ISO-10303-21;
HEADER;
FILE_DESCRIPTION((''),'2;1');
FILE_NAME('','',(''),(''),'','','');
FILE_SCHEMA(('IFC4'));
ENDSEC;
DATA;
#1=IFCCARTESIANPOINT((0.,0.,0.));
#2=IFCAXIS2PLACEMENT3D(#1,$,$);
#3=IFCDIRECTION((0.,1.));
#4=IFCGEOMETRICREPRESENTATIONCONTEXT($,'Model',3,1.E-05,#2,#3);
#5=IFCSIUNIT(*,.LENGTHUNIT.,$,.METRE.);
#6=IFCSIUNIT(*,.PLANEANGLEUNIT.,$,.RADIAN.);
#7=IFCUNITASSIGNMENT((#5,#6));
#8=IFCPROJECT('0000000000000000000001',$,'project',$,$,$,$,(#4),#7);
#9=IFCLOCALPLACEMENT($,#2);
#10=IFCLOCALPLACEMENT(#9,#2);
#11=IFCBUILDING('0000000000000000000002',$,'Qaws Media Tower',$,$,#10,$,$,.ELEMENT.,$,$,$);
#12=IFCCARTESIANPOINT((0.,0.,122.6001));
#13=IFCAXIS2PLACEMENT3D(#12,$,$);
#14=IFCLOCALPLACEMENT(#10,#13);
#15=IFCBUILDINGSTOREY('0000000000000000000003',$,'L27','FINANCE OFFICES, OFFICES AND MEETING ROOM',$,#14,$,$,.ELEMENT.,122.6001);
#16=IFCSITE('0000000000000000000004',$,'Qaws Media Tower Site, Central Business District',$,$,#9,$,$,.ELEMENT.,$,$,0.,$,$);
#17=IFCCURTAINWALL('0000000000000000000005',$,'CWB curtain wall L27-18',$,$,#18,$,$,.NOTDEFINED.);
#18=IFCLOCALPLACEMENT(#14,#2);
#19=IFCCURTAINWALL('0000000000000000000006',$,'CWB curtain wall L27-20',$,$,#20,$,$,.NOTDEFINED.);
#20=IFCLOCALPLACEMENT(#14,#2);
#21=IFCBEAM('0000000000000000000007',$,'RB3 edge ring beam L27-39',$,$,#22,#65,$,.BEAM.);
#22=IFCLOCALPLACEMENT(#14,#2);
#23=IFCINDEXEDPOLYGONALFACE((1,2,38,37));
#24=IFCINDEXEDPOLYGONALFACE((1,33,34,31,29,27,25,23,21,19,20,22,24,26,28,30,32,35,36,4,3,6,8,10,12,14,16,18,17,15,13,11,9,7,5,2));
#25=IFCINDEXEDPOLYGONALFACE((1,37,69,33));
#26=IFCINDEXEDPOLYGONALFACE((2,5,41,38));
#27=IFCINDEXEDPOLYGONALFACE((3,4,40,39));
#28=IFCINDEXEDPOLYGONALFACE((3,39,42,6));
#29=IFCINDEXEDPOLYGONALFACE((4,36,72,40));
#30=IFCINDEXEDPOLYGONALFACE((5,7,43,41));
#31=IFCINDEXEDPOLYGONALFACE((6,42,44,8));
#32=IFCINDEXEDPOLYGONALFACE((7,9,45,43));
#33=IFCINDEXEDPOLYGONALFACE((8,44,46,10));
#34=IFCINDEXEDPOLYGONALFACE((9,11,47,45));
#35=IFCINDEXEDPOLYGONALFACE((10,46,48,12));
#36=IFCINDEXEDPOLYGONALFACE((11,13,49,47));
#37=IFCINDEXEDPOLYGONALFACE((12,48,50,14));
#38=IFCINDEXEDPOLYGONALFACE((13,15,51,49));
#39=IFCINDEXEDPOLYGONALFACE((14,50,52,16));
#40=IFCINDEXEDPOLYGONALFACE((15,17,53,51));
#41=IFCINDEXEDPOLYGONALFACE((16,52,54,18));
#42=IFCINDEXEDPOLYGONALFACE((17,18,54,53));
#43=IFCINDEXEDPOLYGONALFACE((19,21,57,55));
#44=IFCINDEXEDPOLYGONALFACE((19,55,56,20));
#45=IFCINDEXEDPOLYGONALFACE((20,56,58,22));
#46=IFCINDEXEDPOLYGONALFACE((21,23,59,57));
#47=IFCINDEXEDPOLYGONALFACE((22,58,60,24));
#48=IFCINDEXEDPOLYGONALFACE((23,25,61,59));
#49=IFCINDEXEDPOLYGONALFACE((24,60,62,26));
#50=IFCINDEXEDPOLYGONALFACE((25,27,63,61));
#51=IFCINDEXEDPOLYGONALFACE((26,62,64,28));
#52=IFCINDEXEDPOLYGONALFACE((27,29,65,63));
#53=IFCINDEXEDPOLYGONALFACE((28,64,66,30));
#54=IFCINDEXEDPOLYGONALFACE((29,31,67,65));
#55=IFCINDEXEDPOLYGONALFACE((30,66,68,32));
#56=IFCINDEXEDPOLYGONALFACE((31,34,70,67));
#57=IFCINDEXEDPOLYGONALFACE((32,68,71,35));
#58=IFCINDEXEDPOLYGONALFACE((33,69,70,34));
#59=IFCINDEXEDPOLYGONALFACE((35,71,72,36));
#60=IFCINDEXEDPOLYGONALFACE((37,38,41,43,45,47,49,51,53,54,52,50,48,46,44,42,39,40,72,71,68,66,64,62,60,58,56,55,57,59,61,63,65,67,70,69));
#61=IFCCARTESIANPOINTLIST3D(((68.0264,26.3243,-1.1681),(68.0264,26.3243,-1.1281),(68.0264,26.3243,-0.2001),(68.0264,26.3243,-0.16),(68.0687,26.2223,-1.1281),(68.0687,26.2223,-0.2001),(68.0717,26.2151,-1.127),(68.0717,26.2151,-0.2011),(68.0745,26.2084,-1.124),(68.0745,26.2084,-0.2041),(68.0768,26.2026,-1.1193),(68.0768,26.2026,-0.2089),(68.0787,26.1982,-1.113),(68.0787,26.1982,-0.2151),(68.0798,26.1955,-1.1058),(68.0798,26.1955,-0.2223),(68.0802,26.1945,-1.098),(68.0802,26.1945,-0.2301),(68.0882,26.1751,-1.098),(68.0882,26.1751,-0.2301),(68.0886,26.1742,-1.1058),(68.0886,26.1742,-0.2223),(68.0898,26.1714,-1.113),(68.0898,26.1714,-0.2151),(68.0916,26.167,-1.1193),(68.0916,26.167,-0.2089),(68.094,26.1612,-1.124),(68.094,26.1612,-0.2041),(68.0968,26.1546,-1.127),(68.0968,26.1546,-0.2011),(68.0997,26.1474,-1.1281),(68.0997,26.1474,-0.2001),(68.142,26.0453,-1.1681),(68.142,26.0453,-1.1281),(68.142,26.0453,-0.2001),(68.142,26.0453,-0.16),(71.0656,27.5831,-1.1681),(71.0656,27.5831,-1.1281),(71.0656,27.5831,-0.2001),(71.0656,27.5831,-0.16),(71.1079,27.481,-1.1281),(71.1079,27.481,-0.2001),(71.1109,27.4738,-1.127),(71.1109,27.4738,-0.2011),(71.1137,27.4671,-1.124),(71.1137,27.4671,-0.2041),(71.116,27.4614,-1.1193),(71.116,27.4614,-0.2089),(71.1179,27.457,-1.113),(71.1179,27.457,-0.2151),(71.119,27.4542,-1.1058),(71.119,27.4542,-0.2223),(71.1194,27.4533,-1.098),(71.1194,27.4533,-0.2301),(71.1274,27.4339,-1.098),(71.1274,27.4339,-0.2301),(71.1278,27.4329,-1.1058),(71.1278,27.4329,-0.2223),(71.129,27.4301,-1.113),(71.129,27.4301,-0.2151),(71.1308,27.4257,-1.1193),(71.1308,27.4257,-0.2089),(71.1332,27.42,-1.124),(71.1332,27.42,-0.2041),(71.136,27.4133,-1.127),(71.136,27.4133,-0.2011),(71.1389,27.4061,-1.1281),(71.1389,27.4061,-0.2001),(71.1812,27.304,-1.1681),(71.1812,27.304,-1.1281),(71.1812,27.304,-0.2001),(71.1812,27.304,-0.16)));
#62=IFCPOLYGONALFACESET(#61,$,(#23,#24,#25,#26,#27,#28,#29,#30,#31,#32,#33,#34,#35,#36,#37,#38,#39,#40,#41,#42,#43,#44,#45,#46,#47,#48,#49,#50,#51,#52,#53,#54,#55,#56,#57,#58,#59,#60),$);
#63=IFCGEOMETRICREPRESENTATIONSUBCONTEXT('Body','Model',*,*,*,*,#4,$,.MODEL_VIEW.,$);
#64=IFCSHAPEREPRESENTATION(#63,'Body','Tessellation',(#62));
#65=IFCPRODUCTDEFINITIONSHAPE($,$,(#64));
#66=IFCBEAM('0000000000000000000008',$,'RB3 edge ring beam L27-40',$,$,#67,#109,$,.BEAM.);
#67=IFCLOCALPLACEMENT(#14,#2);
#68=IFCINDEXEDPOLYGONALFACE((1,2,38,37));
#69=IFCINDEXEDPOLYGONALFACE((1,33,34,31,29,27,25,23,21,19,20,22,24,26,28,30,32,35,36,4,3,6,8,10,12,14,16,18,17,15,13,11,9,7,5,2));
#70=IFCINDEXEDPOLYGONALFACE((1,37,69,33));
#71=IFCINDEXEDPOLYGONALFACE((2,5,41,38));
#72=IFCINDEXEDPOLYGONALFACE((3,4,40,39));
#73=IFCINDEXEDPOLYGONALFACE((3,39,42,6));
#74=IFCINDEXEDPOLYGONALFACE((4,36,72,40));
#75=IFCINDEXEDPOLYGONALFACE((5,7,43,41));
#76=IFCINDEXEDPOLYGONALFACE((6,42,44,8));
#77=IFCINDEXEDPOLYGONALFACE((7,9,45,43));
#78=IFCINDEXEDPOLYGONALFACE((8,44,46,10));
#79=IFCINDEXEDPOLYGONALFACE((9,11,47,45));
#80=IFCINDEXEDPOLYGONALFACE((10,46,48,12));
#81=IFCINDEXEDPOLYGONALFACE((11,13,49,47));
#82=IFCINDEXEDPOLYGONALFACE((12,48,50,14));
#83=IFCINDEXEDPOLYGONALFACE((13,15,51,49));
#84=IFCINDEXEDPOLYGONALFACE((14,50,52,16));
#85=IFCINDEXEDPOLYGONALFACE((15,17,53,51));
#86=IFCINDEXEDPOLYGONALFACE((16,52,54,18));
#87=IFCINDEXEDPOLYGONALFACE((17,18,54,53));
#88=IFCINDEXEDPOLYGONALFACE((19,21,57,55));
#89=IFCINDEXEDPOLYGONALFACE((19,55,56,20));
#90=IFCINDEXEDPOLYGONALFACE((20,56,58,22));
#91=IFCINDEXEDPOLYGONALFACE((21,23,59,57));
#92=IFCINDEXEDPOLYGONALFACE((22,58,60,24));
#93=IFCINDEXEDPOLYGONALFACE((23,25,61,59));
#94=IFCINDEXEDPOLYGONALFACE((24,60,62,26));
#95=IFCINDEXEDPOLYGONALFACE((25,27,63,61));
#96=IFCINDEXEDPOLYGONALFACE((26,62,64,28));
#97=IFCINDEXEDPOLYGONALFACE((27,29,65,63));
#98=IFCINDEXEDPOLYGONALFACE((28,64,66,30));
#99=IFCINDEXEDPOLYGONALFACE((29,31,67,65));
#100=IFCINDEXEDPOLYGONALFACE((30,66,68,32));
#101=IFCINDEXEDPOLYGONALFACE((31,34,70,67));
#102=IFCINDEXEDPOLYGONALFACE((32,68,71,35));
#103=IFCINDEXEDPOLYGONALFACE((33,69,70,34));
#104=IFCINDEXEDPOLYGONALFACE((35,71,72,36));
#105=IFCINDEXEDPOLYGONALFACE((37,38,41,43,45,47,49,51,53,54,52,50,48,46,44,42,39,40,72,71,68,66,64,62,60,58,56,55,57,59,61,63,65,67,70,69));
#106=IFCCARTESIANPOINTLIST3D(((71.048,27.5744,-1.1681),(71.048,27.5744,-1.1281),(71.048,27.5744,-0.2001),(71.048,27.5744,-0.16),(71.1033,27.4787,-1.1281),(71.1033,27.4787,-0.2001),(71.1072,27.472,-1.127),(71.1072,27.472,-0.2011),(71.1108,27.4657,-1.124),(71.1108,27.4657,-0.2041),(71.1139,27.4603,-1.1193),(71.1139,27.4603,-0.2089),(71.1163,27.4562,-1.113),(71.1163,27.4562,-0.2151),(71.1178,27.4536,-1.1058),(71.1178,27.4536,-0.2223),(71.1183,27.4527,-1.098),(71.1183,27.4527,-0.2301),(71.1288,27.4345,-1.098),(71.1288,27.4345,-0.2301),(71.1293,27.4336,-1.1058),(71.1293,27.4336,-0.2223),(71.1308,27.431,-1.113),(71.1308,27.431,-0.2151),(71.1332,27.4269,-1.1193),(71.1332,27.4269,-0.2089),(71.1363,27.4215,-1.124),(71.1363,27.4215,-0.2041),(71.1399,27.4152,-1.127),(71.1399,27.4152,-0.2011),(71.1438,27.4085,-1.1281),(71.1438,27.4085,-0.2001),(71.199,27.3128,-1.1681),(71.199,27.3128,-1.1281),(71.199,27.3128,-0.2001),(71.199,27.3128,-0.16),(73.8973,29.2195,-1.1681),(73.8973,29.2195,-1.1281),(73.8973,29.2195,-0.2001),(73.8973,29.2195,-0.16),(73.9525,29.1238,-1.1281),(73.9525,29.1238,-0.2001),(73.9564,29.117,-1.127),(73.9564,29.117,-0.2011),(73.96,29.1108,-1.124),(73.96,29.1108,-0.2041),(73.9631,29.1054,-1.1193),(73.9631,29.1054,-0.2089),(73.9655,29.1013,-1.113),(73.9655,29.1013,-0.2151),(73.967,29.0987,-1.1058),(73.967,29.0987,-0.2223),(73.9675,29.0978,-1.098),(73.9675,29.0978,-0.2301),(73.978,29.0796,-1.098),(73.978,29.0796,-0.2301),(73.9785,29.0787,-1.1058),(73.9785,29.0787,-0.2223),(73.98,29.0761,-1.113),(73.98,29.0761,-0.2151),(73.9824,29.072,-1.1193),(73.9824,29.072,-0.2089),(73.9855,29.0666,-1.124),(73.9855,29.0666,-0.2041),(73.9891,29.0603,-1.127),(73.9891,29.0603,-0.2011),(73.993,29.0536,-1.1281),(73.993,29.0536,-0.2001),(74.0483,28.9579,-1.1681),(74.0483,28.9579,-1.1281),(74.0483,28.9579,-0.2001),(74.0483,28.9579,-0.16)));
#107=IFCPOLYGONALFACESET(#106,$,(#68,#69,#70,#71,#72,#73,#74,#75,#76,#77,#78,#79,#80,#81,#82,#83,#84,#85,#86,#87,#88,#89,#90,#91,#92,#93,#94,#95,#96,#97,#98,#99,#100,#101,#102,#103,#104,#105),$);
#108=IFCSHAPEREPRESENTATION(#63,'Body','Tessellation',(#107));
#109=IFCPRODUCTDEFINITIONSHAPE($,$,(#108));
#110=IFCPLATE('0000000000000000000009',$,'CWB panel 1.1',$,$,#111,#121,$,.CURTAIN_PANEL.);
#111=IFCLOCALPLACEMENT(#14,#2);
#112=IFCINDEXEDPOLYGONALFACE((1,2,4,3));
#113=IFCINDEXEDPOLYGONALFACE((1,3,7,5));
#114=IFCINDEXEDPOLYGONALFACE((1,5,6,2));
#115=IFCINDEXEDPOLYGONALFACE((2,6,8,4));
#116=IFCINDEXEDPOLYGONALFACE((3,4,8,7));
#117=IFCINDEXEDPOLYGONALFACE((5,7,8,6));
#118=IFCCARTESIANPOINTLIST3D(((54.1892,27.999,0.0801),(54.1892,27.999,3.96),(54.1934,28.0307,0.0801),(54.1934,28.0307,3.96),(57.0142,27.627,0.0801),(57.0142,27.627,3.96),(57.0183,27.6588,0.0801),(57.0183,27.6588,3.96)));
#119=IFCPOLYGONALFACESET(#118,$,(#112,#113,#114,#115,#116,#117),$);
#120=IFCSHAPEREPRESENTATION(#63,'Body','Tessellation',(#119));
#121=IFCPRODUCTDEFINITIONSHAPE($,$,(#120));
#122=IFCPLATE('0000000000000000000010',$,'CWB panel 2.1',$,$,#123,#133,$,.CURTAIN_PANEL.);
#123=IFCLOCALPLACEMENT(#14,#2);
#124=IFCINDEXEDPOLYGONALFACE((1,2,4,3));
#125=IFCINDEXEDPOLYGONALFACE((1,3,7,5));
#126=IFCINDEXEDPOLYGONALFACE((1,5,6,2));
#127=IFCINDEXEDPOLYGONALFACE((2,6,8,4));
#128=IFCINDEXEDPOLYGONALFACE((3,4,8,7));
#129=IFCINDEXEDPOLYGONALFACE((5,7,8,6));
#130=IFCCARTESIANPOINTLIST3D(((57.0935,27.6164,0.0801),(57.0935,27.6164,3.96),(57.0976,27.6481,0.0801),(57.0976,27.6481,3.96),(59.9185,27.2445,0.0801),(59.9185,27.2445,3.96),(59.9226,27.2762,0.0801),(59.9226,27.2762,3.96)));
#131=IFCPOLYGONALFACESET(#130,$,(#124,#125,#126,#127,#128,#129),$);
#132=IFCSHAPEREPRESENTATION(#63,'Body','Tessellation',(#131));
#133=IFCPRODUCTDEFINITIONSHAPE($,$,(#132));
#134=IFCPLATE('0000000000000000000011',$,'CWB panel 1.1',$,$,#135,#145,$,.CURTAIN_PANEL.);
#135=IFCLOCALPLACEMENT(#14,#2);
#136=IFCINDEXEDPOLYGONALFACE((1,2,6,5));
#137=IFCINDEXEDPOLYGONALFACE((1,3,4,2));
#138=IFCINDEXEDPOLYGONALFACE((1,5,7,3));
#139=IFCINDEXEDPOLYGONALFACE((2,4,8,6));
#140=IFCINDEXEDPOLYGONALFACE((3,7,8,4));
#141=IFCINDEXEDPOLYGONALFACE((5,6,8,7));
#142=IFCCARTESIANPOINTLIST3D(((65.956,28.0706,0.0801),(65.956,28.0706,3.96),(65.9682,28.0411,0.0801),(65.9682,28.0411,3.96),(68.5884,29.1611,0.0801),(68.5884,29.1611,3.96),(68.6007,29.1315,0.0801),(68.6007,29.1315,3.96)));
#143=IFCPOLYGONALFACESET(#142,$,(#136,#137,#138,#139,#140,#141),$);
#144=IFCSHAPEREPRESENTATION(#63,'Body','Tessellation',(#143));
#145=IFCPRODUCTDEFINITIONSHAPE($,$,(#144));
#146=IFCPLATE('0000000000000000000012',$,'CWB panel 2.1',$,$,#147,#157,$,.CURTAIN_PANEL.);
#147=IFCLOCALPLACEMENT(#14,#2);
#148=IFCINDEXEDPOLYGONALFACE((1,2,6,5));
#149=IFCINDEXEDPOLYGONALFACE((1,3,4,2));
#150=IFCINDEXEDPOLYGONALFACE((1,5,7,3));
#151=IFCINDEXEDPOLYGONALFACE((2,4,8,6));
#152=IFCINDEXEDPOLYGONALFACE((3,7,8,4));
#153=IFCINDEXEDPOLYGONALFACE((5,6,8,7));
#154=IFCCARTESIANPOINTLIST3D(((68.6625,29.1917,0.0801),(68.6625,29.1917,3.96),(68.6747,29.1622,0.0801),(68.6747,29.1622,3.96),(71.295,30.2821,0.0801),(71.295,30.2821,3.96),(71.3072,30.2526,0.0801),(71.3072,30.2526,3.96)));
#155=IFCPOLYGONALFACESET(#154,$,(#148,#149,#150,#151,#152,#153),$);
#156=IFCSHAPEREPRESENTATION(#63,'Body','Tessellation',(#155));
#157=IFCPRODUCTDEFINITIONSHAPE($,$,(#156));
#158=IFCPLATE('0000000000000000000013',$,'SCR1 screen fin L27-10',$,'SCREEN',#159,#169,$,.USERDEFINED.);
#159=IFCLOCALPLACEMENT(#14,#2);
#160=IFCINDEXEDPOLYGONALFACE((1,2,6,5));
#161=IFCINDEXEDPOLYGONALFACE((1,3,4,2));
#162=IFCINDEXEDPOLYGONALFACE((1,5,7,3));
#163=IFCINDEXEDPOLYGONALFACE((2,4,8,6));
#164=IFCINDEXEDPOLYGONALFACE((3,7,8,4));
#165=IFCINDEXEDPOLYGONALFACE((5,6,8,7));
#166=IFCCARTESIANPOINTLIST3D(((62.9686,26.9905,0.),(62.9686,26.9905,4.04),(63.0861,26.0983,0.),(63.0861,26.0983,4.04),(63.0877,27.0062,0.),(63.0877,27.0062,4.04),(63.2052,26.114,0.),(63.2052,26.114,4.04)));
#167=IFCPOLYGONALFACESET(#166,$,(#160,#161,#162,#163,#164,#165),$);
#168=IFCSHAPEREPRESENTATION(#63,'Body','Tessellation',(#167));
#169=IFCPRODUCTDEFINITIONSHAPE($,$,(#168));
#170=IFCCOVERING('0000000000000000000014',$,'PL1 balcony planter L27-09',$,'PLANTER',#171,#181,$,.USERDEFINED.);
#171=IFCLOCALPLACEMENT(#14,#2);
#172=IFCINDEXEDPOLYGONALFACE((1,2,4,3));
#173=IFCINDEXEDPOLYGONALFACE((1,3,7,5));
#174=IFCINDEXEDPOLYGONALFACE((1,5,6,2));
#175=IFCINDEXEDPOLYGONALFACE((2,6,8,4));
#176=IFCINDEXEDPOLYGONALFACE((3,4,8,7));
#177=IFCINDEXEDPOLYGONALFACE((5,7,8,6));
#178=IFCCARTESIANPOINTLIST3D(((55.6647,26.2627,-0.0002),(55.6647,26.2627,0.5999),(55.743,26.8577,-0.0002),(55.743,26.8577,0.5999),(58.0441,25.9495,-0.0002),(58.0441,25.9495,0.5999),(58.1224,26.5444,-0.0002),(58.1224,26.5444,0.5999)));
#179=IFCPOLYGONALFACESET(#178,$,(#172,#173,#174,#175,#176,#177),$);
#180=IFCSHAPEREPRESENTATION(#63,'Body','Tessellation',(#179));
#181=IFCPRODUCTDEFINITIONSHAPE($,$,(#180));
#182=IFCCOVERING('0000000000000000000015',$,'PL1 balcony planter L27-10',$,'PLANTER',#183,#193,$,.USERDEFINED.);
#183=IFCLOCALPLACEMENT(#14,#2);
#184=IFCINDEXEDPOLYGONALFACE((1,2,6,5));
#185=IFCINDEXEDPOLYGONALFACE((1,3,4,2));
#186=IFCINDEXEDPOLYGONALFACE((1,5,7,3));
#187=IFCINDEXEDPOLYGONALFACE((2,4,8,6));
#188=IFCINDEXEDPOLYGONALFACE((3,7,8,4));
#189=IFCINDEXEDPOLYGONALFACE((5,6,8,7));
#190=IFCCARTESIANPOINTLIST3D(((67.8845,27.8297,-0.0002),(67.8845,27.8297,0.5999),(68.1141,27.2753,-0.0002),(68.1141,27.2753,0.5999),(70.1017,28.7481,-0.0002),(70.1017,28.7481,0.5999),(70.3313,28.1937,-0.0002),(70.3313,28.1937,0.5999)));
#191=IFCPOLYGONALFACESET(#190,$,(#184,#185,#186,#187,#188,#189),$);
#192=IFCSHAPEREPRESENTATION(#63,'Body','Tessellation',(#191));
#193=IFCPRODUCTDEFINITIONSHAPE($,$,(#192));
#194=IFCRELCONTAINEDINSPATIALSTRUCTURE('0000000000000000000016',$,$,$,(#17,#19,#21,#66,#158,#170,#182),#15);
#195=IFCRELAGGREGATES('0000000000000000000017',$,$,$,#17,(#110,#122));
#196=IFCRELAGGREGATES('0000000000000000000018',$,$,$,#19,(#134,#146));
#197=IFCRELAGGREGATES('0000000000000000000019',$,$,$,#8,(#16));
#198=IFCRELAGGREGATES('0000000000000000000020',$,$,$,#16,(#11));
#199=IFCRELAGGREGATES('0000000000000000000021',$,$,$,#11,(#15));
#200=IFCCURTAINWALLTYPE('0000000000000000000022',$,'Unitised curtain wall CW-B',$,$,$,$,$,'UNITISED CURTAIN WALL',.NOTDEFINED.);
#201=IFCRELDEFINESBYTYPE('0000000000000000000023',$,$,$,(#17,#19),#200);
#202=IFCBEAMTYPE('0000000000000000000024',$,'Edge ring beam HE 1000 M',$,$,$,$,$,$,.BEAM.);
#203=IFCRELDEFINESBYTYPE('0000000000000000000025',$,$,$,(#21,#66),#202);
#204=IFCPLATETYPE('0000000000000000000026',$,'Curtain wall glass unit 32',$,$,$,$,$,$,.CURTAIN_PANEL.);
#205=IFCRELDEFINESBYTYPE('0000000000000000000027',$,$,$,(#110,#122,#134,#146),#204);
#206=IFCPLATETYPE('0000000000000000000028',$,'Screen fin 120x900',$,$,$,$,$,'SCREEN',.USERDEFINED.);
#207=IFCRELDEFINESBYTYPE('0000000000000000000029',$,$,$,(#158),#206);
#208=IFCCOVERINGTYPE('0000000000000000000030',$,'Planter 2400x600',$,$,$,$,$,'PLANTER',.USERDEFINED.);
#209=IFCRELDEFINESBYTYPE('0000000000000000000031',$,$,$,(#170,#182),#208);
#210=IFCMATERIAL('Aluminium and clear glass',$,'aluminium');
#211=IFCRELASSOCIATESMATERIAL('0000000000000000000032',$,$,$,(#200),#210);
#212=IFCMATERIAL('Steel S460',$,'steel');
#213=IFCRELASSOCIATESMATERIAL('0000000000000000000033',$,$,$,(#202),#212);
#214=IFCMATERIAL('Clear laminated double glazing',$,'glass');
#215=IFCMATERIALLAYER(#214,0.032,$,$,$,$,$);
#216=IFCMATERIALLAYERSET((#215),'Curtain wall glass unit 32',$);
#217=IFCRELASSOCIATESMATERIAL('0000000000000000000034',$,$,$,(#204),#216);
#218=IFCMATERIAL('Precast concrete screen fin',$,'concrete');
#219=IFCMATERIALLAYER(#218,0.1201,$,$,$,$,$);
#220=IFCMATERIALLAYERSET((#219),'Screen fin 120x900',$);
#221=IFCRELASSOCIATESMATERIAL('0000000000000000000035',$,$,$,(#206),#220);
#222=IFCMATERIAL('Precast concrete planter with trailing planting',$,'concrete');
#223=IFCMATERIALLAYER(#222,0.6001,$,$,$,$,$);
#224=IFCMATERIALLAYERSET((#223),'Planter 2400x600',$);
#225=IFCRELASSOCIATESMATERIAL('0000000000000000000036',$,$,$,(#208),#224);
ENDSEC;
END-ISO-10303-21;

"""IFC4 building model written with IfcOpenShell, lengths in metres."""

from ifc_helpers import new_model, si_unit, direction, frame, origin, origin_2d, place, context, subcontext, project, spatial, rectangle, i_section, extrude, material, layer, layer_set, material_profile, profile_set, type_object, element, aggregate, save


model = new_model("IFC4")

# Units and contexts
model_context = context("Model", 3, precision=1e-05, world=origin(), true_north=direction((0.0, 1.0)))
body_context = subcontext(model_context, "Body", "Model", "MODEL_VIEW")
ifc_project = project(units=[si_unit("LENGTHUNIT", "METRE"), si_unit("PLANEANGLEUNIT", "RADIAN")], contexts=[model_context])

# Site, building, storey
site_placement = place(None, origin())
site = spatial("IfcSite", under=ifc_project, at=site_placement, Name="Qaws Media Tower Site, Central Business District", CompositionType="ELEMENT", RefElevation=0.0)
building_placement = place(site_placement, origin())
building = spatial("IfcBuilding", under=site, at=building_placement, Name="Qaws Media Tower", CompositionType="ELEMENT")
storey_placement = place(building_placement, frame((0.0, 0.0, 122.6001)))
storey = spatial("IfcBuildingStorey", under=building, at=storey_placement, Name="L27", Description="FINANCE OFFICES, OFFICES AND MEETING ROOM", CompositionType="ELEMENT", Elevation=122.6001)

# Curtain walls
ifc_material_1 = material(Name="Aluminium and clear glass", Category="aluminium")
curtain_wall_type = type_object("IfcCurtainWallType", Name="Unitised curtain wall CW-B", ElementType="UNITISED CURTAIN WALL", PredefinedType="NOTDEFINED", material=ifc_material_1)
curtain_wall_1_placement = place(storey_placement, origin())
curtain_wall_1 = element("IfcCurtainWall", 1, at=curtain_wall_1_placement, inside=storey, type_object=curtain_wall_type, Name="CWB curtain wall L27-18", PredefinedType="NOTDEFINED")
curtain_wall_2_placement = place(storey_placement, origin())
curtain_wall_2 = element("IfcCurtainWall", 2, at=curtain_wall_2_placement, inside=storey, type_object=curtain_wall_type, Name="CWB curtain wall L27-20", PredefinedType="NOTDEFINED")

# Beams
ifc_material_2 = material(Name="Steel S460", Category="steel")
ifc_material_profile_1 = material_profile(ifc_material_2, i_section(OverallWidth=0.302, OverallDepth=1.0081, WebThickness=0.021, FlangeThickness=0.04, FilletRadius=0.03, at=origin_2d()), Name="HE 1000 M")
ifc_profile_set_1 = profile_set([ifc_material_profile_1], Name="Steel S460")
beam_type = type_object("IfcBeamType", Name="Edge ring beam HE 1000 M", PredefinedType="BEAM", material=ifc_profile_set_1)
beam_1_placement = place(storey_placement, frame((68.0842, 26.1848, -0.6641), z_axis=(0.923894, 0.382649, 0.0), x_axis=(-0.382649, 0.923894, 0.0)))
element("IfcBeam", 3, at=beam_1_placement, inside=storey, type_object=beam_type, Name="RB3 edge ring beam L27-39", PredefinedType="BEAM", context=body_context, shape_type="SweptSolid", body=[
    extrude(i_section(OverallWidth=0.302, OverallDepth=1.0081, WebThickness=0.021, FlangeThickness=0.04, FilletRadius=0.03, at=origin_2d()), origin(), (0.0, 0.0, 1.0), 3.2896),
])
beam_2_placement = place(storey_placement, frame((71.1235, 27.4436, -0.6641), z_axis=(0.866015, 0.500018, 0.0), x_axis=(-0.500018, 0.866015, 0.0)))
element("IfcBeam", 4, at=beam_2_placement, inside=storey, type_object=beam_type, Name="RB3 edge ring beam L27-40", PredefinedType="BEAM", context=body_context, shape_type="SweptSolid", body=[
    extrude(i_section(OverallWidth=0.302, OverallDepth=1.0081, WebThickness=0.021, FlangeThickness=0.04, FilletRadius=0.03, at=origin_2d()), origin(), (0.0, 0.0, 1.0), 3.29),
])

# Plates
ifc_material_3 = material(Name="Clear laminated double glazing", Category="glass")
ifc_layer_1 = layer(ifc_material_3, 0.032)
ifc_layer_set_1 = layer_set([ifc_layer_1], Name="Curtain wall glass unit 32")
plate_type_1 = type_object("IfcPlateType", Name="Curtain wall glass unit 32", PredefinedType="CURTAIN_PANEL", material=ifc_layer_set_1)
plate_1_placement = place(storey_placement, frame((55.6038, 27.8289, 0.0801), z_axis=(0.0, 0.0, 1.0), x_axis=(0.991445, -0.130526, 0.0)))
plate_1 = element("IfcPlate", 5, at=plate_1_placement, type_object=plate_type_1, Name="CWB panel 1.1", PredefinedType="CURTAIN_PANEL", context=body_context, shape_type="SweptSolid", body=[
    extrude(rectangle(XDim=2.8494, YDim=0.032, at=origin_2d()), origin(), (0.0, 0.0, 1.0), 3.8799),
])
plate_2_placement = place(storey_placement, frame((58.5081, 27.4463, 0.0801), z_axis=(0.0, 0.0, 1.0), x_axis=(0.991445, -0.130526, 0.0)))
plate_2 = element("IfcPlate", 6, at=plate_2_placement, type_object=plate_type_1, Name="CWB panel 2.1", PredefinedType="CURTAIN_PANEL", context=body_context, shape_type="SweptSolid", body=[
    extrude(rectangle(XDim=2.8494, YDim=0.032, at=origin_2d()), origin(), (0.0, 0.0, 1.0), 3.8799),
])
aggregate(curtain_wall_1, [plate_1, plate_2])
plate_3_placement = place(storey_placement, frame((67.2783, 28.6011, 0.0801), z_axis=(0.0, 0.0, 1.0), x_axis=(0.92388, 0.382683, 0.0)))
plate_3 = element("IfcPlate", 7, at=plate_3_placement, type_object=plate_type_1, Name="CWB panel 1.1", PredefinedType="CURTAIN_PANEL", context=body_context, shape_type="SweptSolid", body=[
    extrude(rectangle(XDim=2.8494, YDim=0.032, at=origin_2d()), origin(), (0.0, 0.0, 1.0), 3.8799),
])
plate_4_placement = place(storey_placement, frame((69.9849, 29.7222, 0.0801), z_axis=(0.0, 0.0, 1.0), x_axis=(0.92388, 0.382683, 0.0)))
plate_4 = element("IfcPlate", 8, at=plate_4_placement, type_object=plate_type_1, Name="CWB panel 2.1", PredefinedType="CURTAIN_PANEL", context=body_context, shape_type="SweptSolid", body=[
    extrude(rectangle(XDim=2.8494, YDim=0.032, at=origin_2d()), origin(), (0.0, 0.0, 1.0), 3.8799),
])
aggregate(curtain_wall_2, [plate_3, plate_4])
ifc_material_4 = material(Name="Precast concrete screen fin", Category="concrete")
ifc_layer_2 = layer(ifc_material_4, 0.1201)
ifc_layer_set_2 = layer_set([ifc_layer_2], Name="Screen fin 120x900")
plate_type_2 = type_object("IfcPlateType", Name="Screen fin 120x900", ElementType="SCREEN", PredefinedType="USERDEFINED", material=ifc_layer_set_2)
plate_5_placement = place(storey_placement, frame((63.0869, 26.5522, 0.0), z_axis=(0.0, 0.0, 1.0), x_axis=(0.130526, -0.991445, 0.0)))
element("IfcPlate", 9, at=plate_5_placement, inside=storey, type_object=plate_type_2, Name="SCR1 screen fin L27-10", ObjectType="SCREEN", PredefinedType="USERDEFINED", context=body_context, shape_type="SweptSolid", body=[
    extrude(rectangle(XDim=0.8999, YDim=0.1201, at=origin_2d()), origin(), (0.0, 0.0, 1.0), 4.04),
])

# Coverings
ifc_material_5 = material(Name="Precast concrete planter with trailing planting", Category="concrete")
ifc_layer_3 = layer(ifc_material_5, 0.6001)
ifc_layer_set_3 = layer_set([ifc_layer_3], Name="Planter 2400x600")
covering_type = type_object("IfcCoveringType", Name="Planter 2400x600", ElementType="PLANTER", PredefinedType="USERDEFINED", material=ifc_layer_set_3)
for number, where, z_axis, x_axis, name in (
    (10, (56.8936, 26.4036, -0.0002), (0.0, 0.0, 1.0), (0.991445, -0.130526, 0.0), "PL1 balcony planter L27-09"),
    (11, (69.1079, 28.0117, -0.0002), (0.0, 0.0, 1.0), (0.92388, 0.382683, 0.0), "PL1 balcony planter L27-10"),
):
    element("IfcCovering", number, at=place(storey_placement, frame(where, z_axis=z_axis, x_axis=x_axis)), inside=storey, type_object=covering_type, Name=name, ObjectType="PLANTER", PredefinedType="USERDEFINED", context=body_context, shape_type="SweptSolid", body=[
        extrude(rectangle(XDim=2.3999, YDim=0.6001, at=origin_2d()), origin(), (0.0, 0.0, 1.0), 0.6001),
    ])

save(model, "model.ifc")
